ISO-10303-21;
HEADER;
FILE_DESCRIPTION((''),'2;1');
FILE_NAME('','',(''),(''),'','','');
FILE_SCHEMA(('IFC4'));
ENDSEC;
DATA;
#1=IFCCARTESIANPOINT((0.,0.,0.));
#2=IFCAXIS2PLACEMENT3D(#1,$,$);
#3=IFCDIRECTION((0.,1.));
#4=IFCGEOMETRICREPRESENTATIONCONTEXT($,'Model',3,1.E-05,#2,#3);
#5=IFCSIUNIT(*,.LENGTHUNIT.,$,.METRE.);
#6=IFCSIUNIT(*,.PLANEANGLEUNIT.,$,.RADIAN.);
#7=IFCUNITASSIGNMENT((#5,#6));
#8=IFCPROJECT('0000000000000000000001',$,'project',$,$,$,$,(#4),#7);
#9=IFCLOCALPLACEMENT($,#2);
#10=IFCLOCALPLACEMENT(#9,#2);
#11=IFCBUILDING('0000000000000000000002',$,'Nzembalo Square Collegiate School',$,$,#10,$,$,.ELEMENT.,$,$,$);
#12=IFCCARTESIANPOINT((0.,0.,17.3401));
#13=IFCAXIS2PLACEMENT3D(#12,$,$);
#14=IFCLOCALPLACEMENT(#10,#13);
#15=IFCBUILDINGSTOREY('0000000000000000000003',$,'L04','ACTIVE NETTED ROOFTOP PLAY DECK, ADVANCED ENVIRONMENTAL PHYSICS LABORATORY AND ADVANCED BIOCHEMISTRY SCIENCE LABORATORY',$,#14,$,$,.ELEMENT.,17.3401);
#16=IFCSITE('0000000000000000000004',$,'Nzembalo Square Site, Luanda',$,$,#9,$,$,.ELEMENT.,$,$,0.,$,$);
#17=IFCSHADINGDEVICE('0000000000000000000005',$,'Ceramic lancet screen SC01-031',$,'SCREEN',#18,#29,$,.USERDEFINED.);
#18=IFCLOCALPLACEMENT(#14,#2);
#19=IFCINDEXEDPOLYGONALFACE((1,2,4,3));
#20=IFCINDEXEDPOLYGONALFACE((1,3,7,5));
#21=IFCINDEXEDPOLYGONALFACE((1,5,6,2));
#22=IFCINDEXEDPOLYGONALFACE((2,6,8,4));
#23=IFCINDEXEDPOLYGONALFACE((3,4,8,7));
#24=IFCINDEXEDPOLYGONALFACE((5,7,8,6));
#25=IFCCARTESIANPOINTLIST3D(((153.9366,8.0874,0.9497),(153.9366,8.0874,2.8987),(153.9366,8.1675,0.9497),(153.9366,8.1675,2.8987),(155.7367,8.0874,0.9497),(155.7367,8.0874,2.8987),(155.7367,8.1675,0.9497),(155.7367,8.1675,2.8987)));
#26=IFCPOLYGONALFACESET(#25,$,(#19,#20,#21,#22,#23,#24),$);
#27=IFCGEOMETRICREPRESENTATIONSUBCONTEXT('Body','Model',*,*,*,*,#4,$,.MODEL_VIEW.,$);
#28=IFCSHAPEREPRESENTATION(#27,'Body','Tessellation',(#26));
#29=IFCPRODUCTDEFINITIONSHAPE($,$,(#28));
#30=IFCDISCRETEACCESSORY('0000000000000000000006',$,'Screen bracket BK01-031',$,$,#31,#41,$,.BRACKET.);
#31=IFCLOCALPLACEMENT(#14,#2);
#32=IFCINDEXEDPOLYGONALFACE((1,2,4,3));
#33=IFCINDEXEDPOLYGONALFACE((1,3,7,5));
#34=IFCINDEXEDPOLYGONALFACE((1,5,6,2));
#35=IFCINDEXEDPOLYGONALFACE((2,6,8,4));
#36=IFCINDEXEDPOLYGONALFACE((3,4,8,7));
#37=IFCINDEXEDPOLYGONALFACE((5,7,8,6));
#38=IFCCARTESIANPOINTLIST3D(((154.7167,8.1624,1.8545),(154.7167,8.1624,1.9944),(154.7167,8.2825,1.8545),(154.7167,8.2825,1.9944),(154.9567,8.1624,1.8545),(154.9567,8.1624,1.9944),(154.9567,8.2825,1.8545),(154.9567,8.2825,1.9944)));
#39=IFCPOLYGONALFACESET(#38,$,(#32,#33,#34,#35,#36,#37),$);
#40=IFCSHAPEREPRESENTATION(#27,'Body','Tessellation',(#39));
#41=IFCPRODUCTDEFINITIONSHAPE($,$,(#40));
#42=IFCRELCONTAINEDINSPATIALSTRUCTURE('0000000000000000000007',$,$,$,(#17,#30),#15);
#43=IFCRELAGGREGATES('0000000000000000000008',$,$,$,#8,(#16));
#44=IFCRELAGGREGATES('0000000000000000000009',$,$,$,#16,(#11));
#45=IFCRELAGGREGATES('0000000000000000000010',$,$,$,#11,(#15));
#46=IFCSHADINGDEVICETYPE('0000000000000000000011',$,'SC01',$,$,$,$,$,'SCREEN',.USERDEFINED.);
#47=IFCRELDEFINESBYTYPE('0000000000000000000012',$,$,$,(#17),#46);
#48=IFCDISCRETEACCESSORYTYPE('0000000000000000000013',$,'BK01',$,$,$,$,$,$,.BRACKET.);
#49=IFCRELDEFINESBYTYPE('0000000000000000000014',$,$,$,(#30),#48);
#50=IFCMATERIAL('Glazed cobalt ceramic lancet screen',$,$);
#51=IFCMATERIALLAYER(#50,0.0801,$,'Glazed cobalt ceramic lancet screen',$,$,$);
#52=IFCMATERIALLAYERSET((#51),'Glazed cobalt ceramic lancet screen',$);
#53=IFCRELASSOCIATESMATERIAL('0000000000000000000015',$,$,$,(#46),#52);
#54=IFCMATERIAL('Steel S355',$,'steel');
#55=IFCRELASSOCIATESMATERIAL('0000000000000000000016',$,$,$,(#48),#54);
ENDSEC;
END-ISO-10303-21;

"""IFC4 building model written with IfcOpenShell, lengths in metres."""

from ifc_helpers import new_model, si_unit, direction, frame, origin, origin_2d, place, context, subcontext, project, spatial, rectangle, extrude, material, layer, layer_set, type_object, element, save


model = new_model("IFC4")

# Units and contexts
model_context = context("Model", 3, precision=1e-05, world=origin(), true_north=direction((0.0, 1.0)))
body_context = subcontext(model_context, "Body", "Model", "MODEL_VIEW")
ifc_project = project(units=[si_unit("LENGTHUNIT", "METRE"), si_unit("PLANEANGLEUNIT", "RADIAN")], contexts=[model_context])

# Site, building, storey
site_placement = place(None, origin())
site = spatial("IfcSite", under=ifc_project, at=site_placement, Name="Nzembalo Square Site, Luanda", CompositionType="ELEMENT", RefElevation=0.0)
building_placement = place(site_placement, origin())
building = spatial("IfcBuilding", under=site, at=building_placement, Name="Nzembalo Square Collegiate School", CompositionType="ELEMENT")
storey_placement = place(building_placement, frame((0.0, 0.0, 17.3401)))
storey = spatial("IfcBuildingStorey", under=building, at=storey_placement, Name="L04", Description="ACTIVE NETTED ROOFTOP PLAY DECK, ADVANCED ENVIRONMENTAL PHYSICS LABORATORY AND ADVANCED BIOCHEMISTRY SCIENCE LABORATORY", CompositionType="ELEMENT", Elevation=17.3401)

# Shading device
ifc_material_1 = material(Name="Glazed cobalt ceramic lancet screen")
ifc_layer_1 = layer(ifc_material_1, 0.0801, Name="Glazed cobalt ceramic lancet screen")
ifc_layer_set_1 = layer_set([ifc_layer_1], Name="Glazed cobalt ceramic lancet screen")
shading_device_type = type_object("IfcShadingDeviceType", Name="SC01", ElementType="SCREEN", PredefinedType="USERDEFINED", material=ifc_layer_set_1)
shading_device_placement = place(storey_placement, frame((154.8367, 8.1274, 0.9497), z_axis=(0.0, 0.0, 1.0), x_axis=(1.0, 0.0, 0.0)))
element("IfcShadingDevice", 1, at=shading_device_placement, inside=storey, type_object=shading_device_type, Name="Ceramic lancet screen SC01-031", ObjectType="SCREEN", PredefinedType="USERDEFINED", context=body_context, shape_type="SweptSolid", body=[
    extrude(rectangle(XDim=1.8, YDim=0.0801, at=origin_2d()), origin(), (0.0, 0.0, 1.0), 1.949),
])

# Discrete accessory
ifc_material_2 = material(Name="Steel S355", Category="steel")
discrete_accessory_type = type_object("IfcDiscreteAccessoryType", Name="BK01", PredefinedType="BRACKET", material=ifc_material_2)
discrete_accessory_placement = place(storey_placement, frame((154.8367, 8.2224, 1.8545), z_axis=(0.0, 0.0, 1.0), x_axis=(1.0, 0.0, 0.0)))
element("IfcDiscreteAccessory", 2, at=discrete_accessory_placement, inside=storey, type_object=discrete_accessory_type, Name="Screen bracket BK01-031", PredefinedType="BRACKET", context=body_context, shape_type="SweptSolid", body=[
    extrude(rectangle(XDim=0.24, YDim=0.1201, at=origin_2d()), origin(), (0.0, 0.0, 1.0), 0.1399),
])

save(model, "model.ifc")
